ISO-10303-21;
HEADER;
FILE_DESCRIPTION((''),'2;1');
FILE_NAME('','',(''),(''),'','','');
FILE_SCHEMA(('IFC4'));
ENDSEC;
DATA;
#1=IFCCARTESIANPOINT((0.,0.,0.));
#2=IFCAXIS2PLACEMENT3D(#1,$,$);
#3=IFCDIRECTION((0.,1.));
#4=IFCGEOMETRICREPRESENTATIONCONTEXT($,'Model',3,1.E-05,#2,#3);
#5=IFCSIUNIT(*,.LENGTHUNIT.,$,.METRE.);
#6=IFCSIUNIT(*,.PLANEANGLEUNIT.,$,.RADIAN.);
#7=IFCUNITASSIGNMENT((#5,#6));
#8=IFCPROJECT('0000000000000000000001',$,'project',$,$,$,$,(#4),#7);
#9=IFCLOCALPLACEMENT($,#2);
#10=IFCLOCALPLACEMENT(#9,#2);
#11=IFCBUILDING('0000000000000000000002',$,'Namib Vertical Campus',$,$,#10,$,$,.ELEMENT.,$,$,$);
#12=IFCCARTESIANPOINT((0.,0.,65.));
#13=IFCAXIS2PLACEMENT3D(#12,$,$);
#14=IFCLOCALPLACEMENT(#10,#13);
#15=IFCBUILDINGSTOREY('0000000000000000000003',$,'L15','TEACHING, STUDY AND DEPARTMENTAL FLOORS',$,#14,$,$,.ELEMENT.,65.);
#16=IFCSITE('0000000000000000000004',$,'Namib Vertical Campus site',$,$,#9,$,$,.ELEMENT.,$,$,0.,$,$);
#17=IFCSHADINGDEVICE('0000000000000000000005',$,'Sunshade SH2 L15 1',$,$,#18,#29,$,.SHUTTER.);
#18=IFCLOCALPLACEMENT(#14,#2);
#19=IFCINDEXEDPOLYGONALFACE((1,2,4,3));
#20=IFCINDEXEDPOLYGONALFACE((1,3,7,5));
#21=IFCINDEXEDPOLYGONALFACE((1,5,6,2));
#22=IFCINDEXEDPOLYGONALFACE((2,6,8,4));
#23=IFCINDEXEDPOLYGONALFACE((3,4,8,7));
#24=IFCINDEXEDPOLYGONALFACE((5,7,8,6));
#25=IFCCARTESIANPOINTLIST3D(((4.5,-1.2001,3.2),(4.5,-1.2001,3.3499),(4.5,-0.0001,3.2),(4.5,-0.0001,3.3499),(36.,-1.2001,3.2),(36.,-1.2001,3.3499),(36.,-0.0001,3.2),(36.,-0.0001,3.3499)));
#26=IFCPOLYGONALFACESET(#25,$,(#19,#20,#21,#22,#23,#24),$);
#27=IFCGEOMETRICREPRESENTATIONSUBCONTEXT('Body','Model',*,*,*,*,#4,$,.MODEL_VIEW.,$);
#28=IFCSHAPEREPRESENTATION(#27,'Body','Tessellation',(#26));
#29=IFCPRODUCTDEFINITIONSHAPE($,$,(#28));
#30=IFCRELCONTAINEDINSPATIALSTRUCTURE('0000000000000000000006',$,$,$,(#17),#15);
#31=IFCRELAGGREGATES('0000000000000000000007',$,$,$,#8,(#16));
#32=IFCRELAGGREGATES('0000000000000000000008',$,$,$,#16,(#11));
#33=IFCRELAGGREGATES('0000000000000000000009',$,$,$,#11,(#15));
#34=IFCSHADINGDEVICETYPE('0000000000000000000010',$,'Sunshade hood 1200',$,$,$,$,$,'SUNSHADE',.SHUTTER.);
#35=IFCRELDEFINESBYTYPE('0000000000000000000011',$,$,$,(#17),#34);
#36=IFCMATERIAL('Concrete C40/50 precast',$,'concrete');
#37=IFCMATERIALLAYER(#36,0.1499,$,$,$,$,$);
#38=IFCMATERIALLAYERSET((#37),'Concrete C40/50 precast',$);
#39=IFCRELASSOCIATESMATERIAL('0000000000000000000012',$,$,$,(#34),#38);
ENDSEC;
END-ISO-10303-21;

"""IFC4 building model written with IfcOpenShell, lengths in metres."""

from ifc_helpers import new_model, si_unit, direction, frame, origin, origin_2d, place, context, subcontext, project, spatial, rectangle, extrude, material, layer, layer_set, type_object, element, save


model = new_model("IFC4")

# Units and contexts
model_context = context("Model", 3, precision=1e-05, world=origin(), true_north=direction((0.0, 1.0)))
body_context = subcontext(model_context, "Body", "Model", "MODEL_VIEW")
ifc_project = project(units=[si_unit("LENGTHUNIT", "METRE"), si_unit("PLANEANGLEUNIT", "RADIAN")], contexts=[model_context])

# Site, building, storey
site_placement = place(None, origin())
site = spatial("IfcSite", under=ifc_project, at=site_placement, Name="Namib Vertical Campus site", CompositionType="ELEMENT", RefElevation=0.0)
building_placement = place(site_placement, origin())
building = spatial("IfcBuilding", under=site, at=building_placement, Name="Namib Vertical Campus", CompositionType="ELEMENT")
storey_placement = place(building_placement, frame((0.0, 0.0, 65.0)))
storey = spatial("IfcBuildingStorey", under=building, at=storey_placement, Name="L15", Description="TEACHING, STUDY AND DEPARTMENTAL FLOORS", CompositionType="ELEMENT", Elevation=65.0)

# Shading device
ifc_material_1 = material(Name="Concrete C40/50 precast", Category="concrete")
ifc_layer_1 = layer(ifc_material_1, 0.1499)
ifc_layer_set_1 = layer_set([ifc_layer_1], Name="Concrete C40/50 precast")
shading_device_type = type_object("IfcShadingDeviceType", Name="Sunshade hood 1200", ElementType="SUNSHADE", PredefinedType="SHUTTER", material=ifc_layer_set_1)
shading_device_placement = place(storey_placement, frame((20.25, -0.6001, 3.2), z_axis=(0.0, 0.0, 1.0), x_axis=(1.0, 0.0, 0.0)))
element("IfcShadingDevice", 1, at=shading_device_placement, inside=storey, type_object=shading_device_type, Name="Sunshade SH2 L15 1", PredefinedType="SHUTTER", context=body_context, shape_type="SweptSolid", body=[
    extrude(rectangle(XDim=31.5, YDim=1.2, at=origin_2d()), origin(), (0.0, 0.0, 1.0), 0.1499),
])

save(model, "model.ifc")
